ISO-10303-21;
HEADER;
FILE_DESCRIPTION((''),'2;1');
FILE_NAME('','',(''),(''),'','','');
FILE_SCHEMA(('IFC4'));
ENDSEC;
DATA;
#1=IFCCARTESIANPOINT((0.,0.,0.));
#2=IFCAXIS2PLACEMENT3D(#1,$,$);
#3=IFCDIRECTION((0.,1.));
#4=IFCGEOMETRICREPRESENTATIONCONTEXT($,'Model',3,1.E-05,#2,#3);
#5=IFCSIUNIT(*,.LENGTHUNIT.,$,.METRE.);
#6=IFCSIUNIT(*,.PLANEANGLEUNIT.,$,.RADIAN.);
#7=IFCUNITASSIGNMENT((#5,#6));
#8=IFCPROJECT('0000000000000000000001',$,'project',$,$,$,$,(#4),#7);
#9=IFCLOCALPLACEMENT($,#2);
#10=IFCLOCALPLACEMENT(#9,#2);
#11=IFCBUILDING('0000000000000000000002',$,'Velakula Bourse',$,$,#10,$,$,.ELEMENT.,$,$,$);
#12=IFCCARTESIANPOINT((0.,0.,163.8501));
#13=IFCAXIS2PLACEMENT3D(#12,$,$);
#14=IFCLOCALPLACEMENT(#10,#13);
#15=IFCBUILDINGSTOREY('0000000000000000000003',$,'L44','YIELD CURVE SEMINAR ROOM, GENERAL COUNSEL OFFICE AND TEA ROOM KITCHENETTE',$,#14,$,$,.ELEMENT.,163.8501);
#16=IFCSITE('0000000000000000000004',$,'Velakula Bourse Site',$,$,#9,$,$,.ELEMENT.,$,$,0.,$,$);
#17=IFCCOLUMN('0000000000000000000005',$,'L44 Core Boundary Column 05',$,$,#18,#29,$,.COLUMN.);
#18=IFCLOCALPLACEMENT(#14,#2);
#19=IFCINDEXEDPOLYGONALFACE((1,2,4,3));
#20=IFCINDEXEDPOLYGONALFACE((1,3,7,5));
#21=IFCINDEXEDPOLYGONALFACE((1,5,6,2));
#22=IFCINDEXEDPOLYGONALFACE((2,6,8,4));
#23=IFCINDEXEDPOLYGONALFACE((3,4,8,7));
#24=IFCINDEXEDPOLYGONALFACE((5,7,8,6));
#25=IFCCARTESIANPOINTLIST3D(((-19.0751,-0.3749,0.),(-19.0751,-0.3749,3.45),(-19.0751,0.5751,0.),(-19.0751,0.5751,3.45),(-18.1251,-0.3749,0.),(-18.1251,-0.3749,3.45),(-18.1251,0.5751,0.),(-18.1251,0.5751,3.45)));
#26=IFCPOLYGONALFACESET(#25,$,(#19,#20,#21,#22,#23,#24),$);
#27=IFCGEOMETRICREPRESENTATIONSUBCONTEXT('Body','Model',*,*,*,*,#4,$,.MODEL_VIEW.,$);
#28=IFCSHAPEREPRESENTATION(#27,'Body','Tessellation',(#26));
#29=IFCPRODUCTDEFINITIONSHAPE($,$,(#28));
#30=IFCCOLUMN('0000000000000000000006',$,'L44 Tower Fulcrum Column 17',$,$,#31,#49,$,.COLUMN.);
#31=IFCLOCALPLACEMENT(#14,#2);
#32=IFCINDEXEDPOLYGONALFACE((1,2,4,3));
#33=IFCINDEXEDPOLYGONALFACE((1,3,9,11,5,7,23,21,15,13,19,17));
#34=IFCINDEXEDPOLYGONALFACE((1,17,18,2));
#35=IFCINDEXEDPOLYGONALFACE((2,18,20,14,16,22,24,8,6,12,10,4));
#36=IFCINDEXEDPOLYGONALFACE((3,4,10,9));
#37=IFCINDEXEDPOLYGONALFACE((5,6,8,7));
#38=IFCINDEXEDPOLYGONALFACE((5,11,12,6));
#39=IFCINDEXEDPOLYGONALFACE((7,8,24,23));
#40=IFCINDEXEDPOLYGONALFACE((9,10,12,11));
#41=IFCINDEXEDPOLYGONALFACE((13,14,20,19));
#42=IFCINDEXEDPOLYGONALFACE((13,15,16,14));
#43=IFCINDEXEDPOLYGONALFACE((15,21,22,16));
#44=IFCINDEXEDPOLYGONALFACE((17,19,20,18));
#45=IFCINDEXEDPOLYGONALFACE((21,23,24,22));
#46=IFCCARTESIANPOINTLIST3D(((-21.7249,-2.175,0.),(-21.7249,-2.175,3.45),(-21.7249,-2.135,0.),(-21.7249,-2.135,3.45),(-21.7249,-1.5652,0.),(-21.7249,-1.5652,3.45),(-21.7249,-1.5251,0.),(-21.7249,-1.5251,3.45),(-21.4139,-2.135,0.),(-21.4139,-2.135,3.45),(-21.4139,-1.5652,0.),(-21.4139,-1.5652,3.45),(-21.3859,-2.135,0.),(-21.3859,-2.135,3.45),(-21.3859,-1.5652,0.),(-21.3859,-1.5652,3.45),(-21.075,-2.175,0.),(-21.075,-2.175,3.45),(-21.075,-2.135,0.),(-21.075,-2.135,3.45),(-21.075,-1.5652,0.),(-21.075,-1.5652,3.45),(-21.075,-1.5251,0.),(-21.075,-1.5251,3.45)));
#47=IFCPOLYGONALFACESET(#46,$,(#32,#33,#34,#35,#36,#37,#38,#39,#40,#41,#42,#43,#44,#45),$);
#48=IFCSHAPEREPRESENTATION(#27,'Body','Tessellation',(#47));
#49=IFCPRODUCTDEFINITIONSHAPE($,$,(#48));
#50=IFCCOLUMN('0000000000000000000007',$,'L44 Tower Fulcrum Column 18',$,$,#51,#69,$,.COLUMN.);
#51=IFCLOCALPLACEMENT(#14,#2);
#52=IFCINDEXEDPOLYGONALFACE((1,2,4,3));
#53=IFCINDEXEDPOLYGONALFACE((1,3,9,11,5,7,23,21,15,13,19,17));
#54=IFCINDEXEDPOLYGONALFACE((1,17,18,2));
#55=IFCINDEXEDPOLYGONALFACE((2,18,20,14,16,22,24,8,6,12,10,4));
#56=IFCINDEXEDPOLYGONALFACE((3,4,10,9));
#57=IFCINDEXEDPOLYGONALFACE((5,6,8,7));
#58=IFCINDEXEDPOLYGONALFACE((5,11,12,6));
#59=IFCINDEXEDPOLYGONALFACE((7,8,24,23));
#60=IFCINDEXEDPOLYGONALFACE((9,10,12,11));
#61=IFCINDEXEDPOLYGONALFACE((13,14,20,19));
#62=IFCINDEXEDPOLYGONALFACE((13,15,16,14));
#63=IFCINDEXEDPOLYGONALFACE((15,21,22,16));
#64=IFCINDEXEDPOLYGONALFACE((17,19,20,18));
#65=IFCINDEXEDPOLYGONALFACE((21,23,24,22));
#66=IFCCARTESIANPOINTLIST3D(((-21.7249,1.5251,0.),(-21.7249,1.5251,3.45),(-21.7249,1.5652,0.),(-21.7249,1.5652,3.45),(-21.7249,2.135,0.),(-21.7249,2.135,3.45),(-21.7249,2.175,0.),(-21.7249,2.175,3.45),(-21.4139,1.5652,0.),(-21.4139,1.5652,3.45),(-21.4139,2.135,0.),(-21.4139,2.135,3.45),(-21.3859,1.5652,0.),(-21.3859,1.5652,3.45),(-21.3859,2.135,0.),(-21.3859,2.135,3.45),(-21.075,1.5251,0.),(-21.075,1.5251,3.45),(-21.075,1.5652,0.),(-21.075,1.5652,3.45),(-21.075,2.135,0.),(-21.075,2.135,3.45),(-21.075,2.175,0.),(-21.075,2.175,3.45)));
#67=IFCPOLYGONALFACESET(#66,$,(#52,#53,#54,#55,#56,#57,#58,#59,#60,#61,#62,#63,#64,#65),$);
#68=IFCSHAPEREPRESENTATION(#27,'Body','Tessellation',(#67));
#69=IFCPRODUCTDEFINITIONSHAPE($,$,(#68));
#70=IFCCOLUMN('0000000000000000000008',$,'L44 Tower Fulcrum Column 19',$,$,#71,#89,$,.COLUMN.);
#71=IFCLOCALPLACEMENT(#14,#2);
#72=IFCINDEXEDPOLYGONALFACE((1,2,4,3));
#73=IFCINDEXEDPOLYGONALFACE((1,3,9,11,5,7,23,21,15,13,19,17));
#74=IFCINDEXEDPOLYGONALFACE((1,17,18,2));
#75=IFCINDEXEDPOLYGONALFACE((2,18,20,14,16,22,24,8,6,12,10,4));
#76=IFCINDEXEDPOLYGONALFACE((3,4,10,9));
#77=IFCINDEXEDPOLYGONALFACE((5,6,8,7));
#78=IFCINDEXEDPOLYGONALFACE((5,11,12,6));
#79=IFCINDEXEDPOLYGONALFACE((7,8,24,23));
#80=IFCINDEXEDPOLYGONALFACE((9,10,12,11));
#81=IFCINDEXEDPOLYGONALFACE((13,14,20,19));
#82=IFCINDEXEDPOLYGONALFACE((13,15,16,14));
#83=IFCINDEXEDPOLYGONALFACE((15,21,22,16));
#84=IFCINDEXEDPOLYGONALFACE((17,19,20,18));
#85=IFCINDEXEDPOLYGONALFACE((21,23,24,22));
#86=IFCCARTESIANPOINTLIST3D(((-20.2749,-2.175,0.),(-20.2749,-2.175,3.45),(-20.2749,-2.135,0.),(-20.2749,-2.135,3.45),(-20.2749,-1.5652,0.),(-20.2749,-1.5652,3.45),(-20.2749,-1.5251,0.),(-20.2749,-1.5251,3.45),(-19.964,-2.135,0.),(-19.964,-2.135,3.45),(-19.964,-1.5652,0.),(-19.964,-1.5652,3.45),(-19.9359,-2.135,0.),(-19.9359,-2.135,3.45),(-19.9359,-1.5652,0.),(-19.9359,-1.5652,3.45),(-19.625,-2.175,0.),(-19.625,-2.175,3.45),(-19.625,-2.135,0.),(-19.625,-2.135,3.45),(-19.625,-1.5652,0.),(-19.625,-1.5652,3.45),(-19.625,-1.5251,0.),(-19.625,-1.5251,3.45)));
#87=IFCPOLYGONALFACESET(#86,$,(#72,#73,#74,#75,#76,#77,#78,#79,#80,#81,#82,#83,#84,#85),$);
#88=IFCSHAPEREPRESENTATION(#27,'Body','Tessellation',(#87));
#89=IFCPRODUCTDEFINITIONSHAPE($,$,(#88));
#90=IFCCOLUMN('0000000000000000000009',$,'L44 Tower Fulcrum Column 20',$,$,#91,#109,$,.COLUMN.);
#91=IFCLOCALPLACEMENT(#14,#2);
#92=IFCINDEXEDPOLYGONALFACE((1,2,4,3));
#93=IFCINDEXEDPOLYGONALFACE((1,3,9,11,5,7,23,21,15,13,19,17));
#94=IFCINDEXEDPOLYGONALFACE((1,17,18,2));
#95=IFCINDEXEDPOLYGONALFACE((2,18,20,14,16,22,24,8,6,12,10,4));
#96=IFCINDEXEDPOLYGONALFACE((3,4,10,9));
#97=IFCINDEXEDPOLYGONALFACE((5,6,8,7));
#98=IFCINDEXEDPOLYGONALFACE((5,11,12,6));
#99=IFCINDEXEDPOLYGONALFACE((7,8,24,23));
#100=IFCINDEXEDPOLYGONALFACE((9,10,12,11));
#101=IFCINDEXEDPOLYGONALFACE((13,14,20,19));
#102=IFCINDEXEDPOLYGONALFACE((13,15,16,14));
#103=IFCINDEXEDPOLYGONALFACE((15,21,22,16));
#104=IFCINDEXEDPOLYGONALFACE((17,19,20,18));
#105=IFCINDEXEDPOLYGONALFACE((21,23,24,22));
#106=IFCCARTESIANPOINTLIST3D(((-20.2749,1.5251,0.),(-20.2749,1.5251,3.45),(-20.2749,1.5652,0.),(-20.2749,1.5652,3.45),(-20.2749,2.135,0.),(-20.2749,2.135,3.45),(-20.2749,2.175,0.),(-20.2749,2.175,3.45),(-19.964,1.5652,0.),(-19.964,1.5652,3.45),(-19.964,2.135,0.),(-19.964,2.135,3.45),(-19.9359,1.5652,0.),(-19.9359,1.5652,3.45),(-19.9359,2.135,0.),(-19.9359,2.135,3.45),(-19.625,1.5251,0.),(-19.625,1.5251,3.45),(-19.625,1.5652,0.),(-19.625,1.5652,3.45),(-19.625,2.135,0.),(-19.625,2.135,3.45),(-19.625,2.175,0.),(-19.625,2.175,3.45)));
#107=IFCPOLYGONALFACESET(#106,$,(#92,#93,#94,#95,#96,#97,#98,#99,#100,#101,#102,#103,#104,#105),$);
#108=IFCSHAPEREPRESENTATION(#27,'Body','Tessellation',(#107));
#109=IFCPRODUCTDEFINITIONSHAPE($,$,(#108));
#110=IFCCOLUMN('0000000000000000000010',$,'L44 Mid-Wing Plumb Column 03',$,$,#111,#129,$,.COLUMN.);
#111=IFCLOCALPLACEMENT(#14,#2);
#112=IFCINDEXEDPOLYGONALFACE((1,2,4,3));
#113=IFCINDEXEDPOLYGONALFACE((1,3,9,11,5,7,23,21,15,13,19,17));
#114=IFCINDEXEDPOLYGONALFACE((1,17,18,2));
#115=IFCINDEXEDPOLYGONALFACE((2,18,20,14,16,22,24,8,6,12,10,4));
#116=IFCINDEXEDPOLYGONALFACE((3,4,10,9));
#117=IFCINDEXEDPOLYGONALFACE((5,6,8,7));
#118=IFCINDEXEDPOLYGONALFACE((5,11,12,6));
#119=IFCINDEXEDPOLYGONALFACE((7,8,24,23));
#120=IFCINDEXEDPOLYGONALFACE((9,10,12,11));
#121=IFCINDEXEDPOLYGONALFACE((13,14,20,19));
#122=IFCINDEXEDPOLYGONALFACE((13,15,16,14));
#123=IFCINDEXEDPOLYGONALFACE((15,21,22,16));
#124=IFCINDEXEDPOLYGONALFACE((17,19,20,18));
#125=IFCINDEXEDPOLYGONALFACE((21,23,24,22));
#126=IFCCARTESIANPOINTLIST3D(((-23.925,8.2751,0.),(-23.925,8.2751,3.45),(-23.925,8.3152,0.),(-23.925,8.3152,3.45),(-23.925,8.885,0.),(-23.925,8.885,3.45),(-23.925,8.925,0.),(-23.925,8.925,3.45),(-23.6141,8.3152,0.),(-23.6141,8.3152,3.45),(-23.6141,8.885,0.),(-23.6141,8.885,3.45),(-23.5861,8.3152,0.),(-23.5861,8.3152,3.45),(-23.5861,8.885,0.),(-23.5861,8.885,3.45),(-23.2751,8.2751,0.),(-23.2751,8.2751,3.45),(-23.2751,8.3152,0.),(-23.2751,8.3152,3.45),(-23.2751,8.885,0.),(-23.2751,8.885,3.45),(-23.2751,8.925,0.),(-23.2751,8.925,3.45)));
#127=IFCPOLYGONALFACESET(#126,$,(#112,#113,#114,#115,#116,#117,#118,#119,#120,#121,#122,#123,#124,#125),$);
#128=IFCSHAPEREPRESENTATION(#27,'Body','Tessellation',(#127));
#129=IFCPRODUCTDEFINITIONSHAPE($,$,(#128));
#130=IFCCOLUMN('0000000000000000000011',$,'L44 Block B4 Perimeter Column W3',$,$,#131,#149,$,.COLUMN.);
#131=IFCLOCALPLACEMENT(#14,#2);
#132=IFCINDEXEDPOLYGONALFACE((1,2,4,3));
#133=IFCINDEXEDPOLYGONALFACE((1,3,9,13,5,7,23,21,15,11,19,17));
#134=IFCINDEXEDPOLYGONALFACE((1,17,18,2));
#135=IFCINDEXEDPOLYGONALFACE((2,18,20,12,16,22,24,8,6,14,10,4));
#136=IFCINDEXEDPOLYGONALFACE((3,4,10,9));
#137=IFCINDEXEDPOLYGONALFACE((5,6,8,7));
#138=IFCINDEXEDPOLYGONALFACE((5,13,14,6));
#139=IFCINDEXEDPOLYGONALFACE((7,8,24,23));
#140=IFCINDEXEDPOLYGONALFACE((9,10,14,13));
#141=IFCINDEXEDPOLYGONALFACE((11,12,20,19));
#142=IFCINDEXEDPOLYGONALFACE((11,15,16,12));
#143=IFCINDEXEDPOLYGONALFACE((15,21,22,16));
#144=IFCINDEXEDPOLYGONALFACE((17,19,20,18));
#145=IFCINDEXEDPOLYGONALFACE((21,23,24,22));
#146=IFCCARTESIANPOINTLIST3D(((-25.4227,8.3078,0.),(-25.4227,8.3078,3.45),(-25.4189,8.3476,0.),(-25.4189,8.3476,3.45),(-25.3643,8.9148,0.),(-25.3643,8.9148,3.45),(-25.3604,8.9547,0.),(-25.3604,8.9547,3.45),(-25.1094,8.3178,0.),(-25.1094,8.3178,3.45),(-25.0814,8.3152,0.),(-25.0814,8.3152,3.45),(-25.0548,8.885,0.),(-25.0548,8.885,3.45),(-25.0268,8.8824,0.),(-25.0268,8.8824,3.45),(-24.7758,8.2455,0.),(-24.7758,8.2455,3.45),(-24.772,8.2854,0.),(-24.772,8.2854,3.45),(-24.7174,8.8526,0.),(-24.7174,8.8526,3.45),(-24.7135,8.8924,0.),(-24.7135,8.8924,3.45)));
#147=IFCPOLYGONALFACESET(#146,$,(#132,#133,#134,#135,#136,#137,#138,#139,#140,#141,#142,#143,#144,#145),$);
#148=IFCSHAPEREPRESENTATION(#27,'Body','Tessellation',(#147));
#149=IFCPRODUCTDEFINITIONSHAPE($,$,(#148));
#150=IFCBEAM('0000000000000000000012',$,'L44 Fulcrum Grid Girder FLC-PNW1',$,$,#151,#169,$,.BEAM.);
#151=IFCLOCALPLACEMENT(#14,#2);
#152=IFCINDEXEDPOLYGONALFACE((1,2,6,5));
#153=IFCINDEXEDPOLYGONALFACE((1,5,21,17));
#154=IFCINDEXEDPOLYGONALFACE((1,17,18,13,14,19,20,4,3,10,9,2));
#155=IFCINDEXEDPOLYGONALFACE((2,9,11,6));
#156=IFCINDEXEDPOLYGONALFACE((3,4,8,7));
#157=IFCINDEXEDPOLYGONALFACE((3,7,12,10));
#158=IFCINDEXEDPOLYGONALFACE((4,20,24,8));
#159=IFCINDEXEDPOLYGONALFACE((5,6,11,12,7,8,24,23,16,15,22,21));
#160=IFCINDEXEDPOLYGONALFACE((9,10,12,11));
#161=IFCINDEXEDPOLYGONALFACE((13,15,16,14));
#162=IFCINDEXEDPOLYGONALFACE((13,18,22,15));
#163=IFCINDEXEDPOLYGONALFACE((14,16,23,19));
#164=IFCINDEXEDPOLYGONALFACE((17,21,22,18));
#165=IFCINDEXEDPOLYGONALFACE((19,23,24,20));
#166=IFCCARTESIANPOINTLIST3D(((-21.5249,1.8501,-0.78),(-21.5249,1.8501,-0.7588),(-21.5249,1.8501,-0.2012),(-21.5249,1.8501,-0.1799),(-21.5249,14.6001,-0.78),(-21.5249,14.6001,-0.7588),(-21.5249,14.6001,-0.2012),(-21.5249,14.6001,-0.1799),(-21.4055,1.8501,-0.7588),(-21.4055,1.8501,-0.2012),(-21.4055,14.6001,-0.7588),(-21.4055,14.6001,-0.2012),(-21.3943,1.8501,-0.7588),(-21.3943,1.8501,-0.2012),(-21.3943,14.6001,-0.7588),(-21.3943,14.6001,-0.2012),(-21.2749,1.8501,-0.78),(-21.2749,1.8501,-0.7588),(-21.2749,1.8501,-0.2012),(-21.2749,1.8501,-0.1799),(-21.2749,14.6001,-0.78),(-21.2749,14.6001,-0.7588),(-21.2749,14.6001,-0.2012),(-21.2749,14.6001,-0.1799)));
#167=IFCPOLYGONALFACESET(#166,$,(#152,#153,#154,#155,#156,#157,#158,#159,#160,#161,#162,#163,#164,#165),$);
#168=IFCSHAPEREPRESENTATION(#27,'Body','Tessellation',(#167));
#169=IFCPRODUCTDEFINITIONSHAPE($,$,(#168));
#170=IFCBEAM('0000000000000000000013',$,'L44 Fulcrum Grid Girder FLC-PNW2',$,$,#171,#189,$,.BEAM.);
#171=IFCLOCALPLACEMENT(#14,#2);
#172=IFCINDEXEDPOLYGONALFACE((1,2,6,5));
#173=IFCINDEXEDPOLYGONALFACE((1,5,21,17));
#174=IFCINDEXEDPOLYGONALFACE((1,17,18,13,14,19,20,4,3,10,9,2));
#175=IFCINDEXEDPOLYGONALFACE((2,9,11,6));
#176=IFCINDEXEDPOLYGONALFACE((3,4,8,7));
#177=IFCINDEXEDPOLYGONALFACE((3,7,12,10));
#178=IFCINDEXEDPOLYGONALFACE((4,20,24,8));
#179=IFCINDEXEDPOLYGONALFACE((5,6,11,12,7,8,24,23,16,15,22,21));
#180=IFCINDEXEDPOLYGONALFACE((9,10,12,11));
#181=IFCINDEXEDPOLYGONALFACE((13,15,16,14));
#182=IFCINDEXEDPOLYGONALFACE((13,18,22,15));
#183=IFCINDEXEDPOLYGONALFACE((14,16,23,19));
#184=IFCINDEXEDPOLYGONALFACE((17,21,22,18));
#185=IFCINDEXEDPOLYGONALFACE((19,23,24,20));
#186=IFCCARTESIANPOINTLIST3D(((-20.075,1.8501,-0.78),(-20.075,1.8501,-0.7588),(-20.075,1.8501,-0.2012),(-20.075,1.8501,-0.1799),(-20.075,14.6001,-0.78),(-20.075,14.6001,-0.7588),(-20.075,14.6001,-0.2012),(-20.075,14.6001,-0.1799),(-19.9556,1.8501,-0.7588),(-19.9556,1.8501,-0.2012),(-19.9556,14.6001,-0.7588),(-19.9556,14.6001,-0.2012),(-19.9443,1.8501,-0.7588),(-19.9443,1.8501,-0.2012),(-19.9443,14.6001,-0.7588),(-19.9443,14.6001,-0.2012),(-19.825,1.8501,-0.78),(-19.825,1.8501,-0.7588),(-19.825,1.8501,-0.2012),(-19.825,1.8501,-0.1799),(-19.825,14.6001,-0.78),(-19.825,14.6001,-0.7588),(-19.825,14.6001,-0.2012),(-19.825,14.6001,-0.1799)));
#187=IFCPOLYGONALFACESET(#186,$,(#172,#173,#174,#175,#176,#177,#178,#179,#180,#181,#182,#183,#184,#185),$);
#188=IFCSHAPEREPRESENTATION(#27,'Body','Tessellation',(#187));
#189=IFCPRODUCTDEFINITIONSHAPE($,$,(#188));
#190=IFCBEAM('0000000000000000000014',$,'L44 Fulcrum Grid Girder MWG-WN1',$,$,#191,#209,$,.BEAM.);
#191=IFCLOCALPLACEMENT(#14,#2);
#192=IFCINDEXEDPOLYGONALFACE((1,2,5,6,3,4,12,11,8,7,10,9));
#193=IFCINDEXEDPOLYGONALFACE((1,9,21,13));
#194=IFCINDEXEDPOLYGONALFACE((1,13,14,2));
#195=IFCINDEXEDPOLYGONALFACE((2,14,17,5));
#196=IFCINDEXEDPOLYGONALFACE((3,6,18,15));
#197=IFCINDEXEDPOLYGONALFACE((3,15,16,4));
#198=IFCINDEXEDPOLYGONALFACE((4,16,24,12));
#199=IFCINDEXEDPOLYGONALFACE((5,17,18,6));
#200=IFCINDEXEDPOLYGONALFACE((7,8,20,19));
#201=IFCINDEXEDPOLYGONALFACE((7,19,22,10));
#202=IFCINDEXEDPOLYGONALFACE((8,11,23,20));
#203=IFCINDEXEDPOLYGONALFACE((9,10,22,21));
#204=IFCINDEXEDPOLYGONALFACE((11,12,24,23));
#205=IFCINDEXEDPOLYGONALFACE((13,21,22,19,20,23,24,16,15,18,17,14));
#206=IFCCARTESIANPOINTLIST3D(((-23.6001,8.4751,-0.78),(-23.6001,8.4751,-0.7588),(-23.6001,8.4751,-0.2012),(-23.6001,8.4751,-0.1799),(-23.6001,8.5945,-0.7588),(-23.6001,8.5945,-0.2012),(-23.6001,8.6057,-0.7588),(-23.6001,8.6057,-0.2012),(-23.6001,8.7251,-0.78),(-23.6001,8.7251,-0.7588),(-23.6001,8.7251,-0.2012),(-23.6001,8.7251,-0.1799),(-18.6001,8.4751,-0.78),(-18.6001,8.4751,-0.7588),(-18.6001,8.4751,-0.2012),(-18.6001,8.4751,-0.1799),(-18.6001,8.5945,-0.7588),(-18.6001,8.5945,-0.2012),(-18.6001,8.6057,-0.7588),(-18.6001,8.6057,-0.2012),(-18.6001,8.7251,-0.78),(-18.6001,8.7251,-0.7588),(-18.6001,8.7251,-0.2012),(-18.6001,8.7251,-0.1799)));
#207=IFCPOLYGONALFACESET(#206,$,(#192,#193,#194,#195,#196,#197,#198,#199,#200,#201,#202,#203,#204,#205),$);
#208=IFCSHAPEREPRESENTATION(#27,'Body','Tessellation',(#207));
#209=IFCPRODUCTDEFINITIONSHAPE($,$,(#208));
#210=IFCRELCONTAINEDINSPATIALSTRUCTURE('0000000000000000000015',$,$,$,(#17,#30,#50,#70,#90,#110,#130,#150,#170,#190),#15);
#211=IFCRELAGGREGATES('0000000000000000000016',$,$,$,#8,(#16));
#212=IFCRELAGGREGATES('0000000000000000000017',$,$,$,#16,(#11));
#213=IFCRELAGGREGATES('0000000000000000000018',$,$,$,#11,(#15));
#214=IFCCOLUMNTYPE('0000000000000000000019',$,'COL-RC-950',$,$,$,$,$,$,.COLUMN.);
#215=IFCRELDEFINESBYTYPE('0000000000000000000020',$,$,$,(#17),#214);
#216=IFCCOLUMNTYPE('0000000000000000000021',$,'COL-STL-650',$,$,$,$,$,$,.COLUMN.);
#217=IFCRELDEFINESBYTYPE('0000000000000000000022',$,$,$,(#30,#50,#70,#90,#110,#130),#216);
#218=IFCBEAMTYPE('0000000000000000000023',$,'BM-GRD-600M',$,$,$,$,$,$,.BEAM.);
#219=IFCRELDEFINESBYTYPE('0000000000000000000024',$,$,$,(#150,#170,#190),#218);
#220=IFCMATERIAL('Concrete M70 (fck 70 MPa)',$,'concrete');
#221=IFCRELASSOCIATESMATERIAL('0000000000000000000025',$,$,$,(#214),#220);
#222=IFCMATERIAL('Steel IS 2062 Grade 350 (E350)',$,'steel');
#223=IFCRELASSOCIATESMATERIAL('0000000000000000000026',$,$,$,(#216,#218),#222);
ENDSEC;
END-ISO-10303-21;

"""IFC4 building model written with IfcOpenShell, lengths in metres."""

from ifc_helpers import new_model, si_unit, direction, frame, origin, origin_2d, place, context, subcontext, project, spatial, rectangle, i_section, extrude, material, material_profile, profile_set, type_object, element, save


model = new_model("IFC4")

# Units and contexts
model_context = context("Model", 3, precision=1e-05, world=origin(), true_north=direction((0.0, 1.0)))
body_context = subcontext(model_context, "Body", "Model", "MODEL_VIEW")
ifc_project = project(units=[si_unit("LENGTHUNIT", "METRE"), si_unit("PLANEANGLEUNIT", "RADIAN")], contexts=[model_context])

# Site, building, storey
site_placement = place(None, origin())
site = spatial("IfcSite", under=ifc_project, at=site_placement, Name="Velakula Bourse Site", CompositionType="ELEMENT", RefElevation=0.0)
building_placement = place(site_placement, origin())
building = spatial("IfcBuilding", under=site, at=building_placement, Name="Velakula Bourse", CompositionType="ELEMENT")
storey_placement = place(building_placement, frame((0.0, 0.0, 163.8501)))
storey = spatial("IfcBuildingStorey", under=building, at=storey_placement, Name="L44", Description="YIELD CURVE SEMINAR ROOM, GENERAL COUNSEL OFFICE AND TEA ROOM KITCHENETTE", CompositionType="ELEMENT", Elevation=163.8501)

# Columns
ifc_material_1 = material(Name="Concrete M70 (fck 70 MPa)", Category="concrete")
ifc_material_profile_1 = material_profile(ifc_material_1, rectangle(XDim=0.95, YDim=0.95, at=origin_2d()), Name="Concrete M70 (fck 70 MPa)")
ifc_profile_set_1 = profile_set([ifc_material_profile_1], Name="Concrete M70 (fck 70 MPa)")
column_type_1 = type_object("IfcColumnType", Name="COL-RC-950", PredefinedType="COLUMN", material=ifc_profile_set_1)
column_placement = place(storey_placement, frame((-18.6001, 0.1001, 0.0), z_axis=(0.0, 0.0, 1.0), x_axis=(1.0, 0.0, 0.0)))
element("IfcColumn", 1, at=column_placement, inside=storey, type_object=column_type_1, Name="L44 Core Boundary Column 05", PredefinedType="COLUMN", context=body_context, shape_type="SweptSolid", body=[
    extrude(rectangle(XDim=0.95, YDim=0.95, at=origin_2d()), origin(), (0.0, 0.0, 1.0), 3.45),
])
ifc_material_2 = material(Name="Steel IS 2062 Grade 350 (E350)", Category="steel")
ifc_material_profile_2 = material_profile(ifc_material_2, i_section(OverallWidth=0.6499, OverallDepth=0.6499, WebThickness=0.0281, FlangeThickness=0.04, at=origin_2d()), Name="Steel IS 2062 Grade 350 (E350)")
ifc_profile_set_2 = profile_set([ifc_material_profile_2], Name="Steel IS 2062 Grade 350 (E350)")
column_type_2 = type_object("IfcColumnType", Name="COL-STL-650", PredefinedType="COLUMN", material=ifc_profile_set_2)
for number, where, z_axis, x_axis, name in (
    (2, (-21.3999, -1.8501, 0.0), (0.0, 0.0, 1.0), (1.0, 0.0, 0.0), "L44 Tower Fulcrum Column 17"),
    (3, (-21.3999, 1.8501, 0.0), (0.0, 0.0, 1.0), (1.0, 0.0, 0.0), "L44 Tower Fulcrum Column 18"),
    (4, (-19.95, -1.8501, 0.0), (0.0, 0.0, 1.0), (1.0, 0.0, 0.0), "L44 Tower Fulcrum Column 19"),
    (5, (-19.95, 1.8501, 0.0), (0.0, 0.0, 1.0), (1.0, 0.0, 0.0), "L44 Tower Fulcrum Column 20"),
    (6, (-23.6001, 8.6001, 0.0), (0.0, 0.0, 1.0), (1.0, 0.0, 0.0), "L44 Mid-Wing Plumb Column 03"),
    (7, (-25.0681, 8.6001, 0.0), (0.0, 0.0, 1.0), (0.995396, -0.095846, 0.0), "L44 Block B4 Perimeter Column W3"),
):
    element("IfcColumn", number, at=place(storey_placement, frame(where, z_axis=z_axis, x_axis=x_axis)), inside=storey, type_object=column_type_2, Name=name, PredefinedType="COLUMN", context=body_context, shape_type="SweptSolid", body=[
        extrude(i_section(OverallWidth=0.6499, OverallDepth=0.6499, WebThickness=0.0281, FlangeThickness=0.04, at=origin_2d()), origin(), (0.0, 0.0, 1.0), 3.45),
    ])

# Beams
ifc_material_profile_3 = material_profile(ifc_material_2, i_section(OverallWidth=0.25, OverallDepth=0.6001, WebThickness=0.0112, FlangeThickness=0.0212, at=origin_2d()), Name="Steel IS 2062 Grade 350 (E350)")
ifc_profile_set_3 = profile_set([ifc_material_profile_3], Name="Steel IS 2062 Grade 350 (E350)")
beam_type_1 = type_object("IfcBeamType", Name="BM-GRD-600M", PredefinedType="BEAM", material=ifc_profile_set_3)
for number, where, z_axis, x_axis, name in (
    (8, (-21.3999, 1.8501, -0.48), (0.0, 1.0, 0.0), (-1.0, 0.0, 0.0), "L44 Fulcrum Grid Girder FLC-PNW1"),
    (9, (-19.95, 1.8501, -0.48), (0.0, 1.0, 0.0), (-1.0, 0.0, 0.0), "L44 Fulcrum Grid Girder FLC-PNW2"),
):
    element("IfcBeam", number, at=place(storey_placement, frame(where, z_axis=z_axis, x_axis=x_axis)), inside=storey, type_object=beam_type_1, Name=name, PredefinedType="BEAM", context=body_context, shape_type="SweptSolid", body=[
        extrude(i_section(OverallWidth=0.25, OverallDepth=0.6001, WebThickness=0.0112, FlangeThickness=0.0212, at=origin_2d()), origin(), (0.0, 0.0, 1.0), 12.75),
    ])
beam_1_placement = place(storey_placement, frame((-23.6001, 8.6001, -0.48), z_axis=(1.0, 0.0, 0.0), x_axis=(0.0, 1.0, 0.0)))
element("IfcBeam", 10, at=beam_1_placement, inside=storey, type_object=beam_type_1, Name="L44 Fulcrum Grid Girder MWG-WN1", PredefinedType="BEAM", context=body_context, shape_type="SweptSolid", body=[
    extrude(i_section(OverallWidth=0.25, OverallDepth=0.6001, WebThickness=0.0112, FlangeThickness=0.0212, at=origin_2d()), origin(), (0.0, 0.0, 1.0), 5.0),
])

save(model, "model.ifc")
